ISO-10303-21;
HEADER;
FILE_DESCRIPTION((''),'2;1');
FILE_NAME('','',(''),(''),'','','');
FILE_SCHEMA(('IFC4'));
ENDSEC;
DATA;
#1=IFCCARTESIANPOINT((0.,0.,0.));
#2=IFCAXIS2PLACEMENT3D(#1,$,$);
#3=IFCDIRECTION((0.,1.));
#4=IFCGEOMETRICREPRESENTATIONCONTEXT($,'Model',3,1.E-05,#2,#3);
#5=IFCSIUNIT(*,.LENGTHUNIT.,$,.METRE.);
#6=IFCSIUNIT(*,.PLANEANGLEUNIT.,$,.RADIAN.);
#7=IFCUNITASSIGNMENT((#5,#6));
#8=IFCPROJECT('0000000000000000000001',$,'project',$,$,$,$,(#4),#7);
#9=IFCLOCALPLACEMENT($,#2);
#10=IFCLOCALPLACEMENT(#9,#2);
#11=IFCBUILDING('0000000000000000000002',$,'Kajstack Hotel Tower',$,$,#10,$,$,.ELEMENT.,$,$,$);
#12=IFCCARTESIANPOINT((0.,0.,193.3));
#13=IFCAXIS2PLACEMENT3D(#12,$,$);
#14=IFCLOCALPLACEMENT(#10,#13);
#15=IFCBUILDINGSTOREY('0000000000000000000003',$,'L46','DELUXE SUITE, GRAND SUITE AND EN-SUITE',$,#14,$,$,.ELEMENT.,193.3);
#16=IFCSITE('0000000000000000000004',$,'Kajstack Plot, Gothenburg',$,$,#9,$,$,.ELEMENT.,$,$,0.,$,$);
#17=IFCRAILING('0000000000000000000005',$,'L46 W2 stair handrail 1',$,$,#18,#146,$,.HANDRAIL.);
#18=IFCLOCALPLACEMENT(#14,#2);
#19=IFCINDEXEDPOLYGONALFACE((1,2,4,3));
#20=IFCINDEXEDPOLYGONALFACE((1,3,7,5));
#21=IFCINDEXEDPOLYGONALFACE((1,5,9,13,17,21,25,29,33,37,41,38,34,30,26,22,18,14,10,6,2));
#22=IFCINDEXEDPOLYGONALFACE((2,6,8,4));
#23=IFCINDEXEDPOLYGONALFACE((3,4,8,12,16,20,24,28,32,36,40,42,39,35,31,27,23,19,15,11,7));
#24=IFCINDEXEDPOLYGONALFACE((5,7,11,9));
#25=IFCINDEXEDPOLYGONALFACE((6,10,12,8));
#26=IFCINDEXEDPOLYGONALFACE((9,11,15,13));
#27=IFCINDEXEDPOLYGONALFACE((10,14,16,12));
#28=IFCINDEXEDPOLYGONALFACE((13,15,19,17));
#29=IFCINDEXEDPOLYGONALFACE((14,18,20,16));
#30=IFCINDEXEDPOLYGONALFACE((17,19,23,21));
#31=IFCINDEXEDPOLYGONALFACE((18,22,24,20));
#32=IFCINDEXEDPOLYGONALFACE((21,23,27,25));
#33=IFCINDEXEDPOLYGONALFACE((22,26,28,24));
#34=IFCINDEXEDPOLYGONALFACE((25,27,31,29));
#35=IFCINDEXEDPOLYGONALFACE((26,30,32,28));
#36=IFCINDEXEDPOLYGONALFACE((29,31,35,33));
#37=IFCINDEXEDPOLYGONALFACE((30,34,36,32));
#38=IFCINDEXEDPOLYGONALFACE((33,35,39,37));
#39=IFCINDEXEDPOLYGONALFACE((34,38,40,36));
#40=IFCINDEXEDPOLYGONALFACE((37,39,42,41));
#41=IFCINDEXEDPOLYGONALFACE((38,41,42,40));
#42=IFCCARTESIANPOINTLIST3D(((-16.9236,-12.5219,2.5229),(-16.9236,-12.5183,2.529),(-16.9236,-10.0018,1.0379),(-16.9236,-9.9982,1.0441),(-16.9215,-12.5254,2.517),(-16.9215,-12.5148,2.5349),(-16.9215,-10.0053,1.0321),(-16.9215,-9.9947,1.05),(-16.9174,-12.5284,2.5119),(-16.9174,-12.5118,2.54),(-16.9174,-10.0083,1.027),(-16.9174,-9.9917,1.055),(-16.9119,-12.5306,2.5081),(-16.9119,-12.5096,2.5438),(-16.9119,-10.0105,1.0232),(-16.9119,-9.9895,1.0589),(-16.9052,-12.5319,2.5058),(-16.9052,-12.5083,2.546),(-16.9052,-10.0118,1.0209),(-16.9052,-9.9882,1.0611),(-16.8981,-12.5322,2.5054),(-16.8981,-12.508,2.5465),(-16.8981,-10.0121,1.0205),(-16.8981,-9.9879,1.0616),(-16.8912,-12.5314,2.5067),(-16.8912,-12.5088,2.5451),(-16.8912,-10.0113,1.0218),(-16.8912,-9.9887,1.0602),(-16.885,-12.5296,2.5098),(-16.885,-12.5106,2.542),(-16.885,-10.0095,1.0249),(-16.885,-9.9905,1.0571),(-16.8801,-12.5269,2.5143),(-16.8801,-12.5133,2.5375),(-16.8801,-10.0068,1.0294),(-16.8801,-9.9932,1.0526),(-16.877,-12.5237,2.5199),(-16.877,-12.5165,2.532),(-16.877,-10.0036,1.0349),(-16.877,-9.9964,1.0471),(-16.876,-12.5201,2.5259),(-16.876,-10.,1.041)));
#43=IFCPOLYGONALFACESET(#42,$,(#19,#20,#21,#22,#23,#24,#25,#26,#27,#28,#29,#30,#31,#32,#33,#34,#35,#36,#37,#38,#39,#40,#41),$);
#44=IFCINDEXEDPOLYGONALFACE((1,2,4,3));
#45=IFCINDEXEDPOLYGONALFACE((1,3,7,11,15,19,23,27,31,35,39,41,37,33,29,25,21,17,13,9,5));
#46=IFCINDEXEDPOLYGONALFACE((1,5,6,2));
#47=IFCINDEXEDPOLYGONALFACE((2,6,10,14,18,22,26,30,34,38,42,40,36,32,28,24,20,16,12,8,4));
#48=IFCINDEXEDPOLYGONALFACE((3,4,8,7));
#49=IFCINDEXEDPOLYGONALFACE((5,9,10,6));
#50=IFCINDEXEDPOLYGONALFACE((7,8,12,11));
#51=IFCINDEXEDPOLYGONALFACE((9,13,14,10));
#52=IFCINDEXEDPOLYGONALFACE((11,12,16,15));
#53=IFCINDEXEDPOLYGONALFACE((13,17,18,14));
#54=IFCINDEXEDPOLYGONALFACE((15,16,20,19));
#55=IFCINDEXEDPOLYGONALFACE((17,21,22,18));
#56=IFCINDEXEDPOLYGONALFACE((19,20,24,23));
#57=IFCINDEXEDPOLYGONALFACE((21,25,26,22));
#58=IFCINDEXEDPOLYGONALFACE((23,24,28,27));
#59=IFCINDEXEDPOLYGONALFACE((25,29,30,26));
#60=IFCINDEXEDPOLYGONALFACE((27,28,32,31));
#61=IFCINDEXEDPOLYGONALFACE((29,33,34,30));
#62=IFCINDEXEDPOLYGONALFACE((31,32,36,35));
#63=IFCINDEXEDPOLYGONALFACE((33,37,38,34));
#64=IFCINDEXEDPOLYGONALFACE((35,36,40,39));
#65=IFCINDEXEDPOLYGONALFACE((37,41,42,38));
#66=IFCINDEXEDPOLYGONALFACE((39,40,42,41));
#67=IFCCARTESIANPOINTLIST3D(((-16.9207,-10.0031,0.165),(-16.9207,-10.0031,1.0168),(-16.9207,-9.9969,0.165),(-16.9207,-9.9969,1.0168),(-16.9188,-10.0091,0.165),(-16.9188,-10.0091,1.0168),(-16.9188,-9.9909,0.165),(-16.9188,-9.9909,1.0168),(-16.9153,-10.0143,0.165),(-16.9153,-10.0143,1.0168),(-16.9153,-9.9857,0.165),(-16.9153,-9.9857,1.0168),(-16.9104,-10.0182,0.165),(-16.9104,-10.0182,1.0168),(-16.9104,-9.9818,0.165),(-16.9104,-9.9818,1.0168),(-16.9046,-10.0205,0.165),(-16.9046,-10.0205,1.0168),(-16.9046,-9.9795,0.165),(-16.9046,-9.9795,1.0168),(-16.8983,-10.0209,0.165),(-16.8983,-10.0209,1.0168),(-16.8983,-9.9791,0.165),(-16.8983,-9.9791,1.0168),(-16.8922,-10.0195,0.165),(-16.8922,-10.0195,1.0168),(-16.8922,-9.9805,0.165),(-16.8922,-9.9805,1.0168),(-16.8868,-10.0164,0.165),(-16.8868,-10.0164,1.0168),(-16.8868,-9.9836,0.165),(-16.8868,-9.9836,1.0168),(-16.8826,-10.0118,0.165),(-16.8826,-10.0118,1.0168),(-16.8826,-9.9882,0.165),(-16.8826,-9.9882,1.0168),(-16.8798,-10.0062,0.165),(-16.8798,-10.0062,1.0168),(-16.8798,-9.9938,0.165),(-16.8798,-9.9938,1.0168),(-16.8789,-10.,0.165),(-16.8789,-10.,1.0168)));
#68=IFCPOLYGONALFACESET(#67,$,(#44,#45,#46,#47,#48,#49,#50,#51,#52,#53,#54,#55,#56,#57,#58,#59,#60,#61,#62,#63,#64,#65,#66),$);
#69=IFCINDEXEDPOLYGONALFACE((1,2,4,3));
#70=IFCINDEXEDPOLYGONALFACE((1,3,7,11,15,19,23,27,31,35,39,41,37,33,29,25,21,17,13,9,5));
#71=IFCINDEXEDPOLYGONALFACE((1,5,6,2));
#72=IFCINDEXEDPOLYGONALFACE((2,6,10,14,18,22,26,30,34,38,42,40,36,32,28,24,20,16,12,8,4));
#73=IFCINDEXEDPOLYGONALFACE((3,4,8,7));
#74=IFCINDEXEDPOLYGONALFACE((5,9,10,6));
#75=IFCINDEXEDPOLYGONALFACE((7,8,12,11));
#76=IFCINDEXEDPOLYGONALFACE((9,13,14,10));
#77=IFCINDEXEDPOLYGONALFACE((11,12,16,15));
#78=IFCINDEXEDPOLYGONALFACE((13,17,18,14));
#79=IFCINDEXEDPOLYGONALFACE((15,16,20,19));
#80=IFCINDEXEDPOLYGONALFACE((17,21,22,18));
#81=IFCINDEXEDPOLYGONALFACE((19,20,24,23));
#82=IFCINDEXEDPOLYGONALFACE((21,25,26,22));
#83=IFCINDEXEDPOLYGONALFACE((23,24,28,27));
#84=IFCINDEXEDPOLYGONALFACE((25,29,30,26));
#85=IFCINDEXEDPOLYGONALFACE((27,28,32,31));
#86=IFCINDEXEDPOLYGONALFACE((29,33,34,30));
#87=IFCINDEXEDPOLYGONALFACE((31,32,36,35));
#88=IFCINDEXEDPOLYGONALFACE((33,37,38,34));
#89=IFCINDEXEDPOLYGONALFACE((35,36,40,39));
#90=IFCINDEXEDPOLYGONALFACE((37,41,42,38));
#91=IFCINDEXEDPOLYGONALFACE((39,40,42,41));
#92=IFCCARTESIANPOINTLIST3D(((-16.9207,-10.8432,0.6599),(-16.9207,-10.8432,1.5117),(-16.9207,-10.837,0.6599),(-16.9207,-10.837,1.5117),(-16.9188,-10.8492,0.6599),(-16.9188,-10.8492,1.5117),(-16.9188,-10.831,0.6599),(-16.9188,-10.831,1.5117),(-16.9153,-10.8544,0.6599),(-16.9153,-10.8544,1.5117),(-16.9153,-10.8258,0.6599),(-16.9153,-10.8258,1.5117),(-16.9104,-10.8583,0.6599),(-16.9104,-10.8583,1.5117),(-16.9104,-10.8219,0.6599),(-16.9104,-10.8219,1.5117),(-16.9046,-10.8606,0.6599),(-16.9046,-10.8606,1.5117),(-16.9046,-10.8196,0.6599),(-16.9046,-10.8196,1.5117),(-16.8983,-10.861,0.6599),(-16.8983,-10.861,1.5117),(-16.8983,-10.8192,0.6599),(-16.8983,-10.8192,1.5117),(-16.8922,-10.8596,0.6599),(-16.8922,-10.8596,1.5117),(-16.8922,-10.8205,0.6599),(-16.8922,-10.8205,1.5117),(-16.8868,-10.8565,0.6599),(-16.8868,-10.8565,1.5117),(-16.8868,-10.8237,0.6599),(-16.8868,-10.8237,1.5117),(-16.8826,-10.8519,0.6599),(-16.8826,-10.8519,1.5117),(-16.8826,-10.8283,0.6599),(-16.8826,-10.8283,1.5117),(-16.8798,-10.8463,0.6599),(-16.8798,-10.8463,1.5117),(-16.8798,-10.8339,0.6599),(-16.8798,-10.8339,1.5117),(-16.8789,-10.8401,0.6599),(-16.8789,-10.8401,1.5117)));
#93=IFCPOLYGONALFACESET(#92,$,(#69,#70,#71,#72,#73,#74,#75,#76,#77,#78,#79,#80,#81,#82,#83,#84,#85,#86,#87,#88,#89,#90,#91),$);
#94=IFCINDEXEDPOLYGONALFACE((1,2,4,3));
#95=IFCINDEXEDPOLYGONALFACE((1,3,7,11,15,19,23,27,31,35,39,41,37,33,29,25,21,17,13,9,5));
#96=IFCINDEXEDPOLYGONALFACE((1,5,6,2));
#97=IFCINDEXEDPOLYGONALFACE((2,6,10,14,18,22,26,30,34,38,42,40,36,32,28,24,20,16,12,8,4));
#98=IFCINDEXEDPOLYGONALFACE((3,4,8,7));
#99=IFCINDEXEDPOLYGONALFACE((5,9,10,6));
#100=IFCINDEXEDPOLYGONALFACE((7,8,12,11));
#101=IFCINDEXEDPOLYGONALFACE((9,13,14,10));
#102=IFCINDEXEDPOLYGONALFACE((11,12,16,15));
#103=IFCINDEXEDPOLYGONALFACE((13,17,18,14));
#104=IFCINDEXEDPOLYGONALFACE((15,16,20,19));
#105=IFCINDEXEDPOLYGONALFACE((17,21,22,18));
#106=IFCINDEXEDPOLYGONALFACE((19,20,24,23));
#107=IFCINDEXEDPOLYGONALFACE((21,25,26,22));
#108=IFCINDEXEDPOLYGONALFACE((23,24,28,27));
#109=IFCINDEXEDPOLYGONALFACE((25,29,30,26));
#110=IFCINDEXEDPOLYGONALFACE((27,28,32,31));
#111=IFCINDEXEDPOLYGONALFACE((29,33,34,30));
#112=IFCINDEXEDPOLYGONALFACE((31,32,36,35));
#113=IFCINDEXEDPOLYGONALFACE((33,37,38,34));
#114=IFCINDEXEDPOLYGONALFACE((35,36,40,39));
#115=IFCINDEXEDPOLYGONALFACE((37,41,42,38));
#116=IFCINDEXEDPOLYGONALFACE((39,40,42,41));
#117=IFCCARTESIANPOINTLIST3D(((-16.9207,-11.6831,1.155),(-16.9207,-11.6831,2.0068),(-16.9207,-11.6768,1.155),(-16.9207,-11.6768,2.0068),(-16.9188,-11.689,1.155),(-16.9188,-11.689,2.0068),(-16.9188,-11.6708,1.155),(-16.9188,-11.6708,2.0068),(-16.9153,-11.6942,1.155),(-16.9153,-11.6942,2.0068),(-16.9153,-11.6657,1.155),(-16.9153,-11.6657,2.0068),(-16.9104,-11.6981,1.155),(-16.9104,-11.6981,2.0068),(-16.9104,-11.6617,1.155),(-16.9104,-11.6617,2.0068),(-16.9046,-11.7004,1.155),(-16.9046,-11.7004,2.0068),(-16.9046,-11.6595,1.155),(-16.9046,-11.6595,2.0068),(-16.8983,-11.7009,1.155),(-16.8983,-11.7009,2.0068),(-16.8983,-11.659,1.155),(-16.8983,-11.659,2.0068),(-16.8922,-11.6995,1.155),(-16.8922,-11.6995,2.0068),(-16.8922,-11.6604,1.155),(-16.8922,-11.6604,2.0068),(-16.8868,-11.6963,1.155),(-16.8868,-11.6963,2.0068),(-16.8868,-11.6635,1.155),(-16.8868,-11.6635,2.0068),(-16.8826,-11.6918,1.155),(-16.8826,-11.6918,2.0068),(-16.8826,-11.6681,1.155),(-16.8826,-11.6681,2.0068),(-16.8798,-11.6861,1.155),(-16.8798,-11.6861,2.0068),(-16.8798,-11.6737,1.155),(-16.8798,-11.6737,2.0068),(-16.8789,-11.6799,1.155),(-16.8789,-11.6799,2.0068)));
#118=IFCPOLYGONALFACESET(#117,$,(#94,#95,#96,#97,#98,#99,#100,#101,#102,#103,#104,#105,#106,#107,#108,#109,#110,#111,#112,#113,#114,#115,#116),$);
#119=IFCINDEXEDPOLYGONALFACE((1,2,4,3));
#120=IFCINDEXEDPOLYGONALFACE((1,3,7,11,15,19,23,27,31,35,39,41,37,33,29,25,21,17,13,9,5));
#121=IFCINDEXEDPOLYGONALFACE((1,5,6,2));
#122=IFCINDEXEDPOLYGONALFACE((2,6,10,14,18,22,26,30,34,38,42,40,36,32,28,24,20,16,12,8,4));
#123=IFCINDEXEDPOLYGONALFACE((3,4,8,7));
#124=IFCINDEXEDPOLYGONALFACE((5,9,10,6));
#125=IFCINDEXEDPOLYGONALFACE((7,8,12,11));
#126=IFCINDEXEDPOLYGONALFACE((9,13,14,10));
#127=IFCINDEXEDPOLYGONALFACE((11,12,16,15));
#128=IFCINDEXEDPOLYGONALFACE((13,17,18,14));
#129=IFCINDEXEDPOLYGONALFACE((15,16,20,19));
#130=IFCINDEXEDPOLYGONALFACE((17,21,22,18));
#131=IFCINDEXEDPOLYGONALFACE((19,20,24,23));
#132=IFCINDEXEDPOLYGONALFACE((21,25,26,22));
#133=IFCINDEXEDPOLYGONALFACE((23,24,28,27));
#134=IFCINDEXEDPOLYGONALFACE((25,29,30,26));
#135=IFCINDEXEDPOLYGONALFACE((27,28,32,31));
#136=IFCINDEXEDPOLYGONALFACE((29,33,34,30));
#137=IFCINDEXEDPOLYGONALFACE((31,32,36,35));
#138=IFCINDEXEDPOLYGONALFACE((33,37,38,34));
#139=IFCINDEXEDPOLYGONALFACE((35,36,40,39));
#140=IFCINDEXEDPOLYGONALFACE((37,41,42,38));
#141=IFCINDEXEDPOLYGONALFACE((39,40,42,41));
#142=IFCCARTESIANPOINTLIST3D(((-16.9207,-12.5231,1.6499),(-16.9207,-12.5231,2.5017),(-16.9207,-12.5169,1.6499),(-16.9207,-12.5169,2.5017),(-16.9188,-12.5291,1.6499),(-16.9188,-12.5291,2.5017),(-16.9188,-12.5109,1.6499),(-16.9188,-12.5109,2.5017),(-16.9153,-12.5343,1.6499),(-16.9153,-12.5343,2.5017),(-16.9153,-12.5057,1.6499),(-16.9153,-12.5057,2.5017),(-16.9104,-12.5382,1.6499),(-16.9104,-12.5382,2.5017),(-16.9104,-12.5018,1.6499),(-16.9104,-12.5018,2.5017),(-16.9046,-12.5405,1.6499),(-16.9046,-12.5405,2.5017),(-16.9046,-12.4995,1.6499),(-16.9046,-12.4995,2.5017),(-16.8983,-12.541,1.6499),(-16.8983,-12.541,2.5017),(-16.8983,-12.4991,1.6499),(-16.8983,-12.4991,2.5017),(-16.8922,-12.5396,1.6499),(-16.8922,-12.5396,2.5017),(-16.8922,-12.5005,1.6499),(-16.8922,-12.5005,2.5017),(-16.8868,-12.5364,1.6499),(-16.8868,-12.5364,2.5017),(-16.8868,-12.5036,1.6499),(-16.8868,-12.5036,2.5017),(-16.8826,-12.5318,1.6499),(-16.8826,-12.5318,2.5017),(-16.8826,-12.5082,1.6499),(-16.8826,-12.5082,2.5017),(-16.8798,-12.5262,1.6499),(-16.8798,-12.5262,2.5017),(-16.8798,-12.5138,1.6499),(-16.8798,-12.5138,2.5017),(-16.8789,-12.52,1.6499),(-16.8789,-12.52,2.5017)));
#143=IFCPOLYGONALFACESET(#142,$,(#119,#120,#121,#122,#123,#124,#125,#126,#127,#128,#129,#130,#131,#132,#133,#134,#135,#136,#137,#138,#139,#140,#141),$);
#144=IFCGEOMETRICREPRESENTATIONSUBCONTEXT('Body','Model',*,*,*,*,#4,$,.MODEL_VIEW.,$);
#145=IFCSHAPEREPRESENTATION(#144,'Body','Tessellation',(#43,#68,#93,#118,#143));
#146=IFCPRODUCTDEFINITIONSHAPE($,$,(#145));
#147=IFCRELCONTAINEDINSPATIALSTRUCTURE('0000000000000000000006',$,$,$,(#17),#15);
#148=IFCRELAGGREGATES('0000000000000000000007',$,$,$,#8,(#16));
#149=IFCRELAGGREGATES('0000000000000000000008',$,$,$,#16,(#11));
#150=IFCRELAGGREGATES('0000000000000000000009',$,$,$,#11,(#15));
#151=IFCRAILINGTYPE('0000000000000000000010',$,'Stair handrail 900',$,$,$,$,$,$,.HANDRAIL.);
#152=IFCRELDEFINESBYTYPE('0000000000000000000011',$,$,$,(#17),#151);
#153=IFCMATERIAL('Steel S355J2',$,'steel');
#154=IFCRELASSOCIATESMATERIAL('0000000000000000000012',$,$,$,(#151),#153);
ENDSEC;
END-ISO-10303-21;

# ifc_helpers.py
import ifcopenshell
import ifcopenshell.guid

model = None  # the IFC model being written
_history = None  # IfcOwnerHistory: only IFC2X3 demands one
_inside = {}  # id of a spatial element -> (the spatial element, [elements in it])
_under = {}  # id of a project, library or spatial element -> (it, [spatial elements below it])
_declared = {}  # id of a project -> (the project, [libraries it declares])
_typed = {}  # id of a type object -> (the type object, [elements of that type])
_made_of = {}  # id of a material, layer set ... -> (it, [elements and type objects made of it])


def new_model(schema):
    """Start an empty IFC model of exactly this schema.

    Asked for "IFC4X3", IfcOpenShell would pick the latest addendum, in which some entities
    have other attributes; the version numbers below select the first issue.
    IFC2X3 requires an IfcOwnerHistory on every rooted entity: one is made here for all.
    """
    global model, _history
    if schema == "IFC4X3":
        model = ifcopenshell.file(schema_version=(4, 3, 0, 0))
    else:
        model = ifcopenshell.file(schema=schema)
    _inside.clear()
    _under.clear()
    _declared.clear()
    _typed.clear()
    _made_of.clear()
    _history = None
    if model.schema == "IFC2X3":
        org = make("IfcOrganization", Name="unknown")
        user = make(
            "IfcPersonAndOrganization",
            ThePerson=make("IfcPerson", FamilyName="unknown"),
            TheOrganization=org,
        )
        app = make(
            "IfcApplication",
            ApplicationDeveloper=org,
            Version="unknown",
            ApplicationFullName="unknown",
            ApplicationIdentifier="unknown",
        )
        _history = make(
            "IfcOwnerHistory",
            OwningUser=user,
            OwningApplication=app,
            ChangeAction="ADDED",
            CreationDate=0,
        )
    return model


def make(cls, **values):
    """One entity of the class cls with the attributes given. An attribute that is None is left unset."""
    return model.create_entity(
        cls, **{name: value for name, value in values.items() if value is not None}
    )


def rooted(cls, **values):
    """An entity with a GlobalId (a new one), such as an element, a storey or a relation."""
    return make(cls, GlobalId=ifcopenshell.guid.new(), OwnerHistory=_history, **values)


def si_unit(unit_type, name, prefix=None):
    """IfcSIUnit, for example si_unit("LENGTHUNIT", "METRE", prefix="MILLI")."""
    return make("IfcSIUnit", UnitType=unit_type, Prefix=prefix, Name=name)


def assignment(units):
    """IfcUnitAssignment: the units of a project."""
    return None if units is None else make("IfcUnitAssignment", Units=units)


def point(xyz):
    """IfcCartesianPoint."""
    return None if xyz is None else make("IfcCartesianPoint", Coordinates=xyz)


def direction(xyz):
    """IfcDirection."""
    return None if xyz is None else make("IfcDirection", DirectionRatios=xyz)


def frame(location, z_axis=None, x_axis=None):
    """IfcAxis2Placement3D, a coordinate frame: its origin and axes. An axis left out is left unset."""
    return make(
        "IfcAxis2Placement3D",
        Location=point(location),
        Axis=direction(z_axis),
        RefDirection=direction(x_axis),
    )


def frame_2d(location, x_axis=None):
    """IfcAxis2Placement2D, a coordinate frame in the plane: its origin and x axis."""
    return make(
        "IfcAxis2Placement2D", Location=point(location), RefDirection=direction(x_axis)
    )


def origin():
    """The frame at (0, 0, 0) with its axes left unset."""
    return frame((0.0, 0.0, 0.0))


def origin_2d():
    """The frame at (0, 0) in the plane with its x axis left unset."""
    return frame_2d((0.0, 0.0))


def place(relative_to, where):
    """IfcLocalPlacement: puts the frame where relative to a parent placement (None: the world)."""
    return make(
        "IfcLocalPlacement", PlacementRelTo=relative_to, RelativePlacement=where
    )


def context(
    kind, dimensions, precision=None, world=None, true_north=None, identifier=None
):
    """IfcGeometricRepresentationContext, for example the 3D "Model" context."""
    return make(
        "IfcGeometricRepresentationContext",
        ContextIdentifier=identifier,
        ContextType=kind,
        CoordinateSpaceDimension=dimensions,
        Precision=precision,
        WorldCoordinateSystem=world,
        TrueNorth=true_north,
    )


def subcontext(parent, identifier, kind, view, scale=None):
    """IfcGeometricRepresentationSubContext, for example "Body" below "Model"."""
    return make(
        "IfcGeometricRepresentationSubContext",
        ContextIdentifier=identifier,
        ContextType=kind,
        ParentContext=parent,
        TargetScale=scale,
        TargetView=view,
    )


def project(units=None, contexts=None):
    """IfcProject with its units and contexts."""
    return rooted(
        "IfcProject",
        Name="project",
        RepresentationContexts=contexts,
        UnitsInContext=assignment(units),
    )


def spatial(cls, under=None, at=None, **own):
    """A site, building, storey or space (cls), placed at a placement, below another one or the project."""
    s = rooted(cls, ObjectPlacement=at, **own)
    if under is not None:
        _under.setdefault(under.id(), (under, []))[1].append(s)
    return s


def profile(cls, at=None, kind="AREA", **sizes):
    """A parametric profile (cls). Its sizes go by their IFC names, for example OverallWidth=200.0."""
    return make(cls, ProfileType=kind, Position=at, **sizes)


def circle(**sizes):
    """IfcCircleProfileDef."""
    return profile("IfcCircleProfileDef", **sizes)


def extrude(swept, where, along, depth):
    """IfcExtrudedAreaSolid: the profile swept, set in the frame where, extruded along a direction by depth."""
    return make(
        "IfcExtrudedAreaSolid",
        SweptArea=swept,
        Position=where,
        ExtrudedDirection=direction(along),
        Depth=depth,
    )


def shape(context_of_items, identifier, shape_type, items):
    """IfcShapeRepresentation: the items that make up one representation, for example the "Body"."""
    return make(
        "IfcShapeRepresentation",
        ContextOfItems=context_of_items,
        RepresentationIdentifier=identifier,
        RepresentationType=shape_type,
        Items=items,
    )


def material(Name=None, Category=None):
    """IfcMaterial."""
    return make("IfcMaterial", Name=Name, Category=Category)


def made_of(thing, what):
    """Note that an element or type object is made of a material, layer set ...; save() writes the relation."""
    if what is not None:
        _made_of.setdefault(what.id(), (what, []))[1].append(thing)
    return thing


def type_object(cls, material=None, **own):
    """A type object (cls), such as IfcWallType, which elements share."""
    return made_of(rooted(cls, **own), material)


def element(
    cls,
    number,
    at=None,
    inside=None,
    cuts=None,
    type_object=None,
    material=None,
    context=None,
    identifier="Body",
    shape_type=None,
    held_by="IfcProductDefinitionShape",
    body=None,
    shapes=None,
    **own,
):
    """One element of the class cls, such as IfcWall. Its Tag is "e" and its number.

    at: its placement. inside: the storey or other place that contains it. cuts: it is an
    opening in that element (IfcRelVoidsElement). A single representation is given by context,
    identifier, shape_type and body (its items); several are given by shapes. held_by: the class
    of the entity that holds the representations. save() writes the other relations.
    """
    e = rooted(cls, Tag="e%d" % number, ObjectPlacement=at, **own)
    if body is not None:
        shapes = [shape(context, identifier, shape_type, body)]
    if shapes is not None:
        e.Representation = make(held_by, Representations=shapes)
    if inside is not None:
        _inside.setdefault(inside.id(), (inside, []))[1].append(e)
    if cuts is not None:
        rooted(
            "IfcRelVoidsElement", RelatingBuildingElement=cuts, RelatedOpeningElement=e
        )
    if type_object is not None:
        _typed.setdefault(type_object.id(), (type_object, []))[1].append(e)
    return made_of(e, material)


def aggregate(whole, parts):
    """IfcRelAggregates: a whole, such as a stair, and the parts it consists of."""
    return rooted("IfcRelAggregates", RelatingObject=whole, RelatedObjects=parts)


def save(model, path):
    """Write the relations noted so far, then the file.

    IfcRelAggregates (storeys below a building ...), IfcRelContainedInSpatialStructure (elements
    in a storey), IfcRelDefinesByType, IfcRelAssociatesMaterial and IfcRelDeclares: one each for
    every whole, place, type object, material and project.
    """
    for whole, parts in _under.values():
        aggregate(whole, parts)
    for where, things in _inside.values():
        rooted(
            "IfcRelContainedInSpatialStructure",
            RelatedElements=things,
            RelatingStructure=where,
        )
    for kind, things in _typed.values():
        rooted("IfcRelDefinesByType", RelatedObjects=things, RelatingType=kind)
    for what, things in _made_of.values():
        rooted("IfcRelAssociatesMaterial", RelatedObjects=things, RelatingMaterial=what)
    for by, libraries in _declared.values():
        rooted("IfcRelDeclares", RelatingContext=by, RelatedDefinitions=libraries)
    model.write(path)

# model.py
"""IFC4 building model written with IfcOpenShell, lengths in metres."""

from ifc_helpers import new_model, si_unit, direction, frame, origin, origin_2d, place, context, subcontext, project, spatial, circle, extrude, material, type_object, element, save


model = new_model("IFC4")

# Units and contexts
model_context = context("Model", 3, precision=1e-05, world=origin(), true_north=direction((0.0, 1.0)))
body_context = subcontext(model_context, "Body", "Model", "MODEL_VIEW")
ifc_project = project(units=[si_unit("LENGTHUNIT", "METRE"), si_unit("PLANEANGLEUNIT", "RADIAN")], contexts=[model_context])

# Site, building, storey
site_placement = place(None, origin())
site = spatial("IfcSite", under=ifc_project, at=site_placement, Name="Kajstack Plot, Gothenburg", CompositionType="ELEMENT", RefElevation=0.0)
building_placement = place(site_placement, origin())
building = spatial("IfcBuilding", under=site, at=building_placement, Name="Kajstack Hotel Tower", CompositionType="ELEMENT")
storey_placement = place(building_placement, frame((0.0, 0.0, 193.3)))
storey = spatial("IfcBuildingStorey", under=building, at=storey_placement, Name="L46", Description="DELUXE SUITE, GRAND SUITE AND EN-SUITE", CompositionType="ELEMENT", Elevation=193.3)

# Railing
ifc_material_1 = material(Name="Steel S355J2", Category="steel")
railing_type_1 = type_object("IfcRailingType", Name="Stair handrail 900", PredefinedType="HANDRAIL", material=ifc_material_1)
railing_1_placement = place(storey_placement, frame((-16.8999, -10.0, 0.165)))
element("IfcRailing", 1, at=railing_1_placement, inside=storey, type_object=railing_type_1, Name="L46 W2 stair handrail 1", PredefinedType="HANDRAIL", context=body_context, shape_type="SweptSolid", body=[
    extrude(circle(Radius=0.0239, at=origin_2d()), frame((0.0, 0.0, 0.876), z_axis=(0.0, -0.861561, 0.507655), x_axis=(1.0, 0.0, 0.0)), (0.0, 0.0, 1.0), 2.925),
    extrude(circle(Radius=0.021, at=origin_2d()), origin(), (0.0, 0.0, 1.0), 0.8518),
    extrude(circle(Radius=0.021, at=origin_2d()), frame((0.0, -0.8401, 0.4949)), (0.0, 0.0, 1.0), 0.8518),
    extrude(circle(Radius=0.021, at=origin_2d()), frame((0.0, -1.6799, 0.99)), (0.0, 0.0, 1.0), 0.8518),
    extrude(circle(Radius=0.021, at=origin_2d()), frame((0.0, -2.52, 1.4849)), (0.0, 0.0, 1.0), 0.8518),
])

save(model, "model.ifc")
